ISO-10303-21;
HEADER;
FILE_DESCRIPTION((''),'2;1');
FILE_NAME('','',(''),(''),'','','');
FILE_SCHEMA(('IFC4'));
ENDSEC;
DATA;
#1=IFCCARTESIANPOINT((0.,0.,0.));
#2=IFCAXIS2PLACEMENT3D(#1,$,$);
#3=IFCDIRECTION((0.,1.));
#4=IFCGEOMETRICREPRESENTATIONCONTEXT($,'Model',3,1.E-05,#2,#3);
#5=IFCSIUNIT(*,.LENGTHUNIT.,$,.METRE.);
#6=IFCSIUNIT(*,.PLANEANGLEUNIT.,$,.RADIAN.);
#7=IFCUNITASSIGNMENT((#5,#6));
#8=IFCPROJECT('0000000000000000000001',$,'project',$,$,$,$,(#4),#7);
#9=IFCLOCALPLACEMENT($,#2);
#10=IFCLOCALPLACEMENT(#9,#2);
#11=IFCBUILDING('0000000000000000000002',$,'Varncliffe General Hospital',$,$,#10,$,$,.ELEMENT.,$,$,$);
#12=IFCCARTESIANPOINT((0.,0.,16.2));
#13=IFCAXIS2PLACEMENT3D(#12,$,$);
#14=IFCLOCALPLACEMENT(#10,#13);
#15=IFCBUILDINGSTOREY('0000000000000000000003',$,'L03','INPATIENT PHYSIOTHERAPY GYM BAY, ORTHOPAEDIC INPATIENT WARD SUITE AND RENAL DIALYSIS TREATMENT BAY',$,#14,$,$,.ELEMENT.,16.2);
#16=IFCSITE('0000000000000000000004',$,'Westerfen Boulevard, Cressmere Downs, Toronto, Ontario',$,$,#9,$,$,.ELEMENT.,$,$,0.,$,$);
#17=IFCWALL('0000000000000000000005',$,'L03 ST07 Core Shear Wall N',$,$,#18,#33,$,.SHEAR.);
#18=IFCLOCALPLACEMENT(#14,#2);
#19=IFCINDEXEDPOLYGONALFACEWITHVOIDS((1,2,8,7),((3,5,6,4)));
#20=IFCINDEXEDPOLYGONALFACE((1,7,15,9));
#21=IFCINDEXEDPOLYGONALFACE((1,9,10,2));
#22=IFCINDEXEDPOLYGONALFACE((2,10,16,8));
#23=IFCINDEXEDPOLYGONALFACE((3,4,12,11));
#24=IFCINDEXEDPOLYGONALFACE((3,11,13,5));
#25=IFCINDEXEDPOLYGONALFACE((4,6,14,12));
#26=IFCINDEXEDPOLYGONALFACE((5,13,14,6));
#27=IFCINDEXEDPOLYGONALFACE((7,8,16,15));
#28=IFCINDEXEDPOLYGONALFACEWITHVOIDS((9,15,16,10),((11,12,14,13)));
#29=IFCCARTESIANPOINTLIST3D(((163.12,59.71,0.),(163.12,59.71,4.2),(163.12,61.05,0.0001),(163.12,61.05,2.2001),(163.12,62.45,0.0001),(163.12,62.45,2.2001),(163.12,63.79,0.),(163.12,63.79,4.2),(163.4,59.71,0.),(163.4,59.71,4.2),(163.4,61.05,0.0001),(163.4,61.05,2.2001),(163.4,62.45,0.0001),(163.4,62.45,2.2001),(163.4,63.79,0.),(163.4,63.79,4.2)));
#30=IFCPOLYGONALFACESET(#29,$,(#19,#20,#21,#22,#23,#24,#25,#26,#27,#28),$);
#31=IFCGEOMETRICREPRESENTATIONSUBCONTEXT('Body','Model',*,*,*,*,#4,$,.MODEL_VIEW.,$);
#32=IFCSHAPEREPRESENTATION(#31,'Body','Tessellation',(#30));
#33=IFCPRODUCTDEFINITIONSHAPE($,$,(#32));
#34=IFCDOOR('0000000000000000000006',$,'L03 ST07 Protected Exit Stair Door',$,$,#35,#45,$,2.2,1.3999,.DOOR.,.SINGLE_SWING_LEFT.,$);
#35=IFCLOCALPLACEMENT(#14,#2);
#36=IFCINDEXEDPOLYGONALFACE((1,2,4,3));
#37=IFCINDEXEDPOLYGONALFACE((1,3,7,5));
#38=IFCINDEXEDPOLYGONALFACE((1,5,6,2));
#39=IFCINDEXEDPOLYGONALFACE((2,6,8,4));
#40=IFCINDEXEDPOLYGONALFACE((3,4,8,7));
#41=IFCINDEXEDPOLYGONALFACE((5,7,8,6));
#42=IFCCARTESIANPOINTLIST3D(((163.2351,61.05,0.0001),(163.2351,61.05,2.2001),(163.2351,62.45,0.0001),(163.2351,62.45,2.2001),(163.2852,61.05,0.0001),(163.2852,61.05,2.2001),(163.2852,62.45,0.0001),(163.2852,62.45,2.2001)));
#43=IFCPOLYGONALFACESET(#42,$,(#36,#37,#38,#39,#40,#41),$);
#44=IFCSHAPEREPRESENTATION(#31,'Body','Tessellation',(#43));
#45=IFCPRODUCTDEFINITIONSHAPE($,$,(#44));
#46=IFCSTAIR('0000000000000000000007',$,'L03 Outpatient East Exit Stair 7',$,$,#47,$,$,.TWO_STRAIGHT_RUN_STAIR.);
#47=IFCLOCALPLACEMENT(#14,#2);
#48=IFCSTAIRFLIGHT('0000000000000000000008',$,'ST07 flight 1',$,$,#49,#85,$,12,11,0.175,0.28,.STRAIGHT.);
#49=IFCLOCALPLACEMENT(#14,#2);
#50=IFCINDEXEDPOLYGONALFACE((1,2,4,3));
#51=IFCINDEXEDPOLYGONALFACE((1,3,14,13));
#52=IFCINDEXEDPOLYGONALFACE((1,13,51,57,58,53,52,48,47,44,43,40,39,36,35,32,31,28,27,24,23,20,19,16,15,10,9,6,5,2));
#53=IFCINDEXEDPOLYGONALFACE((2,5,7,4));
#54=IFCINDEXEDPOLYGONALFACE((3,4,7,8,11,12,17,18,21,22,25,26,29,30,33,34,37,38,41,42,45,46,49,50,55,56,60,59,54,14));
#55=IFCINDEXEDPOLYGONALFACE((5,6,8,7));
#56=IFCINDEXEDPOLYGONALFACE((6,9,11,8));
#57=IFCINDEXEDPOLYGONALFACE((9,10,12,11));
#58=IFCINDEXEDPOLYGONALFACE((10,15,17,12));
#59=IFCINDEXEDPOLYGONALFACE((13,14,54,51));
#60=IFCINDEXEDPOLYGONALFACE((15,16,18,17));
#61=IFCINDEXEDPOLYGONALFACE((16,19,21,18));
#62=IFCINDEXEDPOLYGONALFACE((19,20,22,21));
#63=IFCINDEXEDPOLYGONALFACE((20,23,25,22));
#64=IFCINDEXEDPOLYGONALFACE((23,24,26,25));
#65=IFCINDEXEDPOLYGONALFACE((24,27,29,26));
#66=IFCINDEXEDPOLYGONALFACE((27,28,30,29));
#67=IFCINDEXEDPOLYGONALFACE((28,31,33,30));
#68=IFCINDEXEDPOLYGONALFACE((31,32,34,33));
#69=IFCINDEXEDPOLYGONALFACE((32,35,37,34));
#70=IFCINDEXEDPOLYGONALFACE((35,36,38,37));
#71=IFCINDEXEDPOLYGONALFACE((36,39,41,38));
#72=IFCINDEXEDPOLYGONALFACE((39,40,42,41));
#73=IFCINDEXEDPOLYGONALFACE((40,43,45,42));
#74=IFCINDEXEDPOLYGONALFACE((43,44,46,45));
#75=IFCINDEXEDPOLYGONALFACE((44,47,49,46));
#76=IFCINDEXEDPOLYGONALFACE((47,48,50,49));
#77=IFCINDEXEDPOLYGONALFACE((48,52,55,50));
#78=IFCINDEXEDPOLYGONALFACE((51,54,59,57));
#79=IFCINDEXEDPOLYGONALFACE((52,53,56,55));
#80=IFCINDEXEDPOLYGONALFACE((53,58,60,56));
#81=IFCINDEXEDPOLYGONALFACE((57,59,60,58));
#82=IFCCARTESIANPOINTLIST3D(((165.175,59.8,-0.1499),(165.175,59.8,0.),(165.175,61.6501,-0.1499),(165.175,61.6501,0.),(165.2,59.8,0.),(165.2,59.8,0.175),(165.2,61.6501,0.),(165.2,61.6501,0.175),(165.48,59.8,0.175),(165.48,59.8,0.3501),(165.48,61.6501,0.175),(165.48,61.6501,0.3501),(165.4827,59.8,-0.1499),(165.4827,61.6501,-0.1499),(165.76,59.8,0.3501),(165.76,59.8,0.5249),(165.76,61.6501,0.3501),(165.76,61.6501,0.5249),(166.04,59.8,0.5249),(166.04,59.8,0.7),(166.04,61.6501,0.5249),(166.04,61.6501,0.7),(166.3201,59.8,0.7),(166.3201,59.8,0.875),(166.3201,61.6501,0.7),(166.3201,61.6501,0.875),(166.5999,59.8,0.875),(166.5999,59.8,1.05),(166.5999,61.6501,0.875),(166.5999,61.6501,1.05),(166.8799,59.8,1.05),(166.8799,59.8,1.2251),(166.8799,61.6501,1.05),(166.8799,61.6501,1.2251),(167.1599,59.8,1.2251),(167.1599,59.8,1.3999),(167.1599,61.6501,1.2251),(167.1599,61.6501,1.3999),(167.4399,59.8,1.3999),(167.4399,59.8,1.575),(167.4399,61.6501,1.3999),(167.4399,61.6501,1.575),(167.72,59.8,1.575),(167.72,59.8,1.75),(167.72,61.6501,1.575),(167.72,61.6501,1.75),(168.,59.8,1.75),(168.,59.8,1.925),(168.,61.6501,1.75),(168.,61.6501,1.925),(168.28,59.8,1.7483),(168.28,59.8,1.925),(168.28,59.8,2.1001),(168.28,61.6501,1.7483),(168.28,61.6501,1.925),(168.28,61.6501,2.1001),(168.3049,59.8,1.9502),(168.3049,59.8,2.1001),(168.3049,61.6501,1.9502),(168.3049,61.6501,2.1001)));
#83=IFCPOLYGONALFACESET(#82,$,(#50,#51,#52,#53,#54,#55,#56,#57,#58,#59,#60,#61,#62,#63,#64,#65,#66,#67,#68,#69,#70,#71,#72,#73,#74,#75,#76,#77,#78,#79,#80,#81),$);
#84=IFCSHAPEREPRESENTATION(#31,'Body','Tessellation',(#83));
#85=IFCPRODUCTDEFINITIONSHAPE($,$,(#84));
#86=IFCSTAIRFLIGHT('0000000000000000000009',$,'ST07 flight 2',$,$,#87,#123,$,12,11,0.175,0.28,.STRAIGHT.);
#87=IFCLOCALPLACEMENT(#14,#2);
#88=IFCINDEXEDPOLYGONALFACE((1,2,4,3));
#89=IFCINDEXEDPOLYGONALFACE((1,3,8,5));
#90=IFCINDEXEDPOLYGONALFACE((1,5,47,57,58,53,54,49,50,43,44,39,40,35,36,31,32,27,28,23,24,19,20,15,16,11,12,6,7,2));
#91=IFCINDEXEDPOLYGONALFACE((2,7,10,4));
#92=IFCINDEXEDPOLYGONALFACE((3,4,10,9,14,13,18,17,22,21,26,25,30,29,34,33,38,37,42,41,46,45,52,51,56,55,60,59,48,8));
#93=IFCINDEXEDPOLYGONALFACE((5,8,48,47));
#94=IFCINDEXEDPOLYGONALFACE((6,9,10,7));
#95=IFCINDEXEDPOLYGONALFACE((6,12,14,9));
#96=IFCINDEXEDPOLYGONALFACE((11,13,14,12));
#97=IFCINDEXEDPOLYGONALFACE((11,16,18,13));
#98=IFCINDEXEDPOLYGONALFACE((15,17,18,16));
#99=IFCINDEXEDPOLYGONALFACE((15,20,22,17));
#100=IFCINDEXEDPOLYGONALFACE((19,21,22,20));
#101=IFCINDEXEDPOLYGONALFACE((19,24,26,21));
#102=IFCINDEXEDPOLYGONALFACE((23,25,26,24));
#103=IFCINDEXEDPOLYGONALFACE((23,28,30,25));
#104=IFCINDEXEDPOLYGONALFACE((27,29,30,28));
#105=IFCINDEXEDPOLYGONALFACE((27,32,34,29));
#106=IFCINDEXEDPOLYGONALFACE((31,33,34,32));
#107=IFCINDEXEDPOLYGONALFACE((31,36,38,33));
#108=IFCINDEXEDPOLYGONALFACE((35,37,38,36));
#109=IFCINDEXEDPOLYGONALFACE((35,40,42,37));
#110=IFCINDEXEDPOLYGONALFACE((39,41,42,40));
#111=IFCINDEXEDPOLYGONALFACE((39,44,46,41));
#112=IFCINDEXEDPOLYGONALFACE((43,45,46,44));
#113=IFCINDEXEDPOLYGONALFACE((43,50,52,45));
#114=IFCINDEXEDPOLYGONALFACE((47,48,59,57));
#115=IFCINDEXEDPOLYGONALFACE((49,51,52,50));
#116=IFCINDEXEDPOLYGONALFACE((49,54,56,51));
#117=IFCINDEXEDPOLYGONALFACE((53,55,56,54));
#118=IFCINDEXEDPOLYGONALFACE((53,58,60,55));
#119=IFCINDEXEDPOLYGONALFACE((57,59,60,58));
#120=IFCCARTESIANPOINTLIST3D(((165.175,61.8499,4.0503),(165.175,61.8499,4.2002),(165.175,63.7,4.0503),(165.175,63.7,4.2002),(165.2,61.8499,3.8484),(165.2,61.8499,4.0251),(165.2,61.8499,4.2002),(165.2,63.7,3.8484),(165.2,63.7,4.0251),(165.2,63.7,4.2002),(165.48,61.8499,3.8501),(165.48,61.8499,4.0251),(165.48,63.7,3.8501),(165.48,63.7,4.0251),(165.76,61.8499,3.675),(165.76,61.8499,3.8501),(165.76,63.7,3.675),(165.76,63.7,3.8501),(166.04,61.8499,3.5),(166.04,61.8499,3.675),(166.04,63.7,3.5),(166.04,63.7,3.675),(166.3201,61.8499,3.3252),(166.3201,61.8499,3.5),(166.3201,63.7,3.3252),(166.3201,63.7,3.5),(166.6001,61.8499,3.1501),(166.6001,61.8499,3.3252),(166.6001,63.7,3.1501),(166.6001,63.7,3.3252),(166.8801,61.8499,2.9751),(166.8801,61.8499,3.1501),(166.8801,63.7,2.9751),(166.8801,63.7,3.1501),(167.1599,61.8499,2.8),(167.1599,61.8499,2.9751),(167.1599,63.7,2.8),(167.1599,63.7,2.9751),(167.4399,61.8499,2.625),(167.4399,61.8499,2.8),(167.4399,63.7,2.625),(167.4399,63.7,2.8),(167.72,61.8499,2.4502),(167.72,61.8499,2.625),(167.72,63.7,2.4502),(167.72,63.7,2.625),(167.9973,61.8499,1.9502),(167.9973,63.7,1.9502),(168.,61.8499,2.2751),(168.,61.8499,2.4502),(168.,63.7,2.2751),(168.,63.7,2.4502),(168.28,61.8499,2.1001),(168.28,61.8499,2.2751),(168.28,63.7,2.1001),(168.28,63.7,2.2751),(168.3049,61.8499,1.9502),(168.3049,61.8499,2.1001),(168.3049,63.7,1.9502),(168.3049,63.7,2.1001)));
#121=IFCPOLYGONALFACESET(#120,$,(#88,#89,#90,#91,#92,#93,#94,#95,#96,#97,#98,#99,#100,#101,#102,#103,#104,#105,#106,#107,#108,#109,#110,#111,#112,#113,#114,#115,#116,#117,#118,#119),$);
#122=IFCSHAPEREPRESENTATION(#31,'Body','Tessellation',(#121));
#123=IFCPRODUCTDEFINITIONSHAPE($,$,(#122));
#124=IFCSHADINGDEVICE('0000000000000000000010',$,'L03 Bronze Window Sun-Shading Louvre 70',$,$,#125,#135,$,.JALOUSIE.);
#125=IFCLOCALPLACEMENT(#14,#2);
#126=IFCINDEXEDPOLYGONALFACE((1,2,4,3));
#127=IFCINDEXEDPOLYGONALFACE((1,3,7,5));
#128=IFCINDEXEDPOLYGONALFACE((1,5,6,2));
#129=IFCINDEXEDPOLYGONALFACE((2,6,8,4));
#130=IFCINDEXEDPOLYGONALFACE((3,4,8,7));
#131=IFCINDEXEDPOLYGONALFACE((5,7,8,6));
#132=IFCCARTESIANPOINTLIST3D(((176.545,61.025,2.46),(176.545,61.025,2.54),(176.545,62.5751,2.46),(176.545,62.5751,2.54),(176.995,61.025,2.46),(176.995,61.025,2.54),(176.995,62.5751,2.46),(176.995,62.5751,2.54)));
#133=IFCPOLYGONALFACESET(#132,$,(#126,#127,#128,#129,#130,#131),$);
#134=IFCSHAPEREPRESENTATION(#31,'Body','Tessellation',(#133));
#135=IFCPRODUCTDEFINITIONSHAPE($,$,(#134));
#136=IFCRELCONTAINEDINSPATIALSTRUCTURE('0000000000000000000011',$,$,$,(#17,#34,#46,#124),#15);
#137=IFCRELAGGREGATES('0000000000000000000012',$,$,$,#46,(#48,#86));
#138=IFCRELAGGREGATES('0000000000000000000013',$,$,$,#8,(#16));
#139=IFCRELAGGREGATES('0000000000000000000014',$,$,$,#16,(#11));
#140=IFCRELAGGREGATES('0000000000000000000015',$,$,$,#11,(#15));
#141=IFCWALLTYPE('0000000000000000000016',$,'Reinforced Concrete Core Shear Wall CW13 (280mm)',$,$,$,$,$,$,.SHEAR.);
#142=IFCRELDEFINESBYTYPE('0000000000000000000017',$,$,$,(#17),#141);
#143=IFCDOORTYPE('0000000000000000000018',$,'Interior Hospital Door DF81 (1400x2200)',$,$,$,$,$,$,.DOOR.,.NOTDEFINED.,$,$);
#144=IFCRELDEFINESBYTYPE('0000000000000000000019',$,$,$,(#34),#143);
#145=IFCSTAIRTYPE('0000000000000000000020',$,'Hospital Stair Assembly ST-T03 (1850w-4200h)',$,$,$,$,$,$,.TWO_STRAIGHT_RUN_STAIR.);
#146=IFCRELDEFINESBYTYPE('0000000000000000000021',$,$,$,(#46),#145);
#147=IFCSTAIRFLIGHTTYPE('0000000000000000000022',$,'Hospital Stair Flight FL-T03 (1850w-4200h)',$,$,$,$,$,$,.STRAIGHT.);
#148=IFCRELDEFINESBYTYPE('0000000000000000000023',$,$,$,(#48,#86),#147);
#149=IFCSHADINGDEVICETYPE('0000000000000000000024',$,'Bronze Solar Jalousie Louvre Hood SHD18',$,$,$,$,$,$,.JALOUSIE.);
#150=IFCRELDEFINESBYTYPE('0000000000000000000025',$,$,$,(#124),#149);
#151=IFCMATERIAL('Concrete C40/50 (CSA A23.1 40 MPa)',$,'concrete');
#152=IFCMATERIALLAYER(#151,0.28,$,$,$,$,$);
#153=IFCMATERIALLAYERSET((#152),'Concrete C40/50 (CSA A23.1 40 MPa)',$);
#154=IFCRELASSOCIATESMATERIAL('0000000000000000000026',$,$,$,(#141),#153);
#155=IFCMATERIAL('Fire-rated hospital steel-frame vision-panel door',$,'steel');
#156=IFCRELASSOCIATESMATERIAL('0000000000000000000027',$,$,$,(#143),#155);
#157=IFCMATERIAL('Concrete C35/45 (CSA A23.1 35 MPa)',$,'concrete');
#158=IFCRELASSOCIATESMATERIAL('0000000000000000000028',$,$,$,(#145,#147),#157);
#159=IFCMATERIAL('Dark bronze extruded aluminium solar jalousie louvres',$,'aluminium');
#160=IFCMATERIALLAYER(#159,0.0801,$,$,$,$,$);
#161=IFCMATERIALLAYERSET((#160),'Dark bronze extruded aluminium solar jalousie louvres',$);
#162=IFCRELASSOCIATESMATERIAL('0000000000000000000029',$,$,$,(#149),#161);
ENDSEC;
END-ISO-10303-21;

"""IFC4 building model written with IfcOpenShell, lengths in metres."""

from ifc_helpers import new_model, si_unit, direction, frame, frame_2d, origin, origin_2d, place, context, subcontext, project, spatial, polyline, rectangle, outline, extrude, material, layer, layer_set, type_object, element, fill, aggregate, save


model = new_model("IFC4")

# Units and contexts
model_context = context("Model", 3, precision=1e-05, world=origin(), true_north=direction((0.0, 1.0)))
body_context = subcontext(model_context, "Body", "Model", "MODEL_VIEW")
ifc_project = project(units=[si_unit("LENGTHUNIT", "METRE"), si_unit("PLANEANGLEUNIT", "RADIAN")], contexts=[model_context])

# Site, building, storey
site_placement = place(None, origin())
site = spatial("IfcSite", under=ifc_project, at=site_placement, Name="Westerfen Boulevard, Cressmere Downs, Toronto, Ontario", CompositionType="ELEMENT", RefElevation=0.0)
building_placement = place(site_placement, origin())
building = spatial("IfcBuilding", under=site, at=building_placement, Name="Varncliffe General Hospital", CompositionType="ELEMENT")
storey_placement = place(building_placement, frame((0.0, 0.0, 16.2)))
storey = spatial("IfcBuildingStorey", under=building, at=storey_placement, Name="L03", Description="INPATIENT PHYSIOTHERAPY GYM BAY, ORTHOPAEDIC INPATIENT WARD SUITE AND RENAL DIALYSIS TREATMENT BAY", CompositionType="ELEMENT", Elevation=16.2)

# Shared definitions
ifc_material_1 = material(Name="Concrete C40/50 (CSA A23.1 40 MPa)", Category="concrete")

# Shared definitions
ifc_material_2 = material(Name="Concrete C35/45 (CSA A23.1 35 MPa)", Category="concrete")

# Shared definitions
ifc_material_3 = material(Name="Fire-rated hospital steel-frame vision-panel door", Category="steel")

# Shared definitions
ifc_layer_1 = layer(ifc_material_1, 0.28)
ifc_layer_set_1 = layer_set([ifc_layer_1], Name="Concrete C40/50 (CSA A23.1 40 MPa)")
wall_type_1 = type_object("IfcWallType", Name="Reinforced Concrete Core Shear Wall CW13 (280mm)", PredefinedType="SHEAR", material=ifc_layer_set_1)

# Wall, opening, door
wall_1_placement = place(storey_placement, frame((163.26, 63.79, 0.0), z_axis=(0.0, 0.0, 1.0), x_axis=(0.0, -1.0, 0.0)))
wall_1 = element("IfcWall", 1, at=wall_1_placement, inside=storey, type_object=wall_type_1, Name="L03 ST07 Core Shear Wall N", PredefinedType="SHEAR", context=body_context, shape_type="SweptSolid", body=[
    extrude(rectangle(XDim=4.0801, YDim=0.28, at=frame_2d((2.04, 0.0))), origin(), (0.0, 0.0, 1.0), 4.2),
])
opening_1_placement = place(wall_1_placement, frame((1.3401, 0.0, 0.0)))
opening_1 = element("IfcOpeningElement", 2, at=opening_1_placement, cuts=wall_1, PredefinedType="OPENING", context=body_context, shape_type="SweptSolid", body=[
    extrude(rectangle(XDim=1.3999, YDim=2.2, at=frame_2d((0.7, 1.1001))), frame((0.0, 0.1499, 0.0), z_axis=(0.0, -1.0, 0.0), x_axis=(1.0, 0.0, 0.0)), (0.0, 0.0, 1.0), 0.3),
])
door_type_1 = type_object("IfcDoorType", Name="Interior Hospital Door DF81 (1400x2200)", OperationType="NOTDEFINED", PredefinedType="DOOR", material=ifc_material_3)
door_1_placement = place(opening_1_placement, frame((1.3999, 0.0, 0.0), z_axis=(0.0, 0.0, 1.0), x_axis=(-1.0, 0.0, 0.0)))
door_1 = element("IfcDoor", 3, at=door_1_placement, inside=storey, type_object=door_type_1, Name="L03 ST07 Protected Exit Stair Door", OperationType="SINGLE_SWING_LEFT", OverallHeight=2.2, OverallWidth=1.3999, PredefinedType="DOOR", context=body_context, shape_type="SweptSolid", body=[
    extrude(rectangle(XDim=1.3999, YDim=2.2, at=frame_2d((0.7, 1.1001))), frame((0.0, 0.0249, 0.0), z_axis=(0.0, -1.0, 0.0), x_axis=(1.0, 0.0, 0.0)), (0.0, 0.0, 1.0), 0.05),
])
fill(opening_1, door_1)

# Stair, stair flights
stair_type = type_object("IfcStairType", Name="Hospital Stair Assembly ST-T03 (1850w-4200h)", PredefinedType="TWO_STRAIGHT_RUN_STAIR", material=ifc_material_2)
stair_placement = place(storey_placement, origin())
stair = element("IfcStair", 4, at=stair_placement, inside=storey, type_object=stair_type, Name="L03 Outpatient East Exit Stair 7", PredefinedType="TWO_STRAIGHT_RUN_STAIR")
stair_flight_type = type_object("IfcStairFlightType", Name="Hospital Stair Flight FL-T03 (1850w-4200h)", PredefinedType="STRAIGHT", material=ifc_material_2)
stair_flight_1_placement = place(storey_placement, frame((165.2, 60.7251, 0.0), z_axis=(0.0, 0.0, 1.0), x_axis=(1.0, 0.0, 0.0)))
stair_flight_1 = element("IfcStairFlight", 5, at=stair_flight_1_placement, type_object=stair_flight_type, Name="ST07 flight 1", NumberOfRisers=12, NumberOfTreads=11, PredefinedType="STRAIGHT", RiserHeight=0.175, TreadLength=0.28, context=body_context, shape_type="SweptSolid", body=[
    extrude(outline(polyline([(-0.0249, -0.1499), (-0.0249, 0.0), (0.0, 0.0), (0.0, 0.175), (0.28, 0.175), (0.28, 0.3501), (0.5601, 0.3501), (0.5601, 0.5249), (0.8401, 0.5249), (0.8401, 0.7), (1.1201, 0.7), (1.1201, 0.875), (1.3999, 0.875), (1.3999, 1.05), (1.6799, 1.05), (1.6799, 1.2251), (1.96, 1.2251), (1.96, 1.3999), (2.24, 1.3999), (2.24, 1.575), (2.52, 1.575), (2.52, 1.75), (2.8, 1.75), (2.8, 1.925), (3.0801, 1.925), (3.0801, 2.1001), (3.105, 2.1001), (3.105, 1.9502), (3.0801, 1.7483), (0.2827, -0.1499), (-0.0249, -0.1499)])), frame((0.0, 0.925, 0.0), z_axis=(0.0, -1.0, 0.0), x_axis=(1.0, 0.0, 0.0)), (0.0, 0.0, 1.0), 1.8501),
])
stair_flight_2_placement = place(storey_placement, frame((168.28, 62.7749, 2.1001), z_axis=(0.0, 0.0, 1.0), x_axis=(-1.0, 0.0, 0.0)))
stair_flight_2 = element("IfcStairFlight", 6, at=stair_flight_2_placement, type_object=stair_flight_type, Name="ST07 flight 2", NumberOfRisers=12, NumberOfTreads=11, PredefinedType="STRAIGHT", RiserHeight=0.175, TreadLength=0.28, context=body_context, shape_type="SweptSolid", body=[
    extrude(outline(polyline([(-0.0249, -0.1499), (-0.0249, 0.0), (0.0, 0.0), (0.0, 0.175), (0.28, 0.175), (0.28, 0.3501), (0.5601, 0.3501), (0.5601, 0.5249), (0.8401, 0.5249), (0.8401, 0.7), (1.1201, 0.7), (1.1201, 0.875), (1.3999, 0.875), (1.3999, 1.05), (1.6799, 1.05), (1.6799, 1.2251), (1.96, 1.2251), (1.96, 1.3999), (2.24, 1.3999), (2.24, 1.575), (2.52, 1.575), (2.52, 1.75), (2.8, 1.75), (2.8, 1.925), (3.0801, 1.925), (3.0801, 2.1001), (3.105, 2.1001), (3.105, 1.9502), (3.0801, 1.7483), (0.2827, -0.1499), (-0.0249, -0.1499)])), frame((0.0, 0.925, 0.0), z_axis=(0.0, -1.0, 0.0), x_axis=(1.0, 0.0, 0.0)), (0.0, 0.0, 1.0), 1.8501),
])
aggregate(stair, [stair_flight_1, stair_flight_2])

# Shading device
ifc_material_4 = material(Name="Dark bronze extruded aluminium solar jalousie louvres", Category="aluminium")
ifc_layer_2 = layer(ifc_material_4, 0.0801)
ifc_layer_set_2 = layer_set([ifc_layer_2], Name="Dark bronze extruded aluminium solar jalousie louvres")
shading_device_type = type_object("IfcShadingDeviceType", Name="Bronze Solar Jalousie Louvre Hood SHD18", PredefinedType="JALOUSIE", material=ifc_layer_set_2)
shading_device_placement = place(storey_placement, frame((176.77, 61.8, 2.46), z_axis=(0.0, 0.0, 1.0), x_axis=(0.0, -1.0, 0.0)))
element("IfcShadingDevice", 7, at=shading_device_placement, inside=storey, type_object=shading_device_type, Name="L03 Bronze Window Sun-Shading Louvre 70", PredefinedType="JALOUSIE", context=body_context, shape_type="SweptSolid", body=[
    extrude(rectangle(XDim=1.55, YDim=0.45, at=origin_2d()), origin(), (0.0, 0.0, 1.0), 0.0801),
])

save(model, "model.ifc")
